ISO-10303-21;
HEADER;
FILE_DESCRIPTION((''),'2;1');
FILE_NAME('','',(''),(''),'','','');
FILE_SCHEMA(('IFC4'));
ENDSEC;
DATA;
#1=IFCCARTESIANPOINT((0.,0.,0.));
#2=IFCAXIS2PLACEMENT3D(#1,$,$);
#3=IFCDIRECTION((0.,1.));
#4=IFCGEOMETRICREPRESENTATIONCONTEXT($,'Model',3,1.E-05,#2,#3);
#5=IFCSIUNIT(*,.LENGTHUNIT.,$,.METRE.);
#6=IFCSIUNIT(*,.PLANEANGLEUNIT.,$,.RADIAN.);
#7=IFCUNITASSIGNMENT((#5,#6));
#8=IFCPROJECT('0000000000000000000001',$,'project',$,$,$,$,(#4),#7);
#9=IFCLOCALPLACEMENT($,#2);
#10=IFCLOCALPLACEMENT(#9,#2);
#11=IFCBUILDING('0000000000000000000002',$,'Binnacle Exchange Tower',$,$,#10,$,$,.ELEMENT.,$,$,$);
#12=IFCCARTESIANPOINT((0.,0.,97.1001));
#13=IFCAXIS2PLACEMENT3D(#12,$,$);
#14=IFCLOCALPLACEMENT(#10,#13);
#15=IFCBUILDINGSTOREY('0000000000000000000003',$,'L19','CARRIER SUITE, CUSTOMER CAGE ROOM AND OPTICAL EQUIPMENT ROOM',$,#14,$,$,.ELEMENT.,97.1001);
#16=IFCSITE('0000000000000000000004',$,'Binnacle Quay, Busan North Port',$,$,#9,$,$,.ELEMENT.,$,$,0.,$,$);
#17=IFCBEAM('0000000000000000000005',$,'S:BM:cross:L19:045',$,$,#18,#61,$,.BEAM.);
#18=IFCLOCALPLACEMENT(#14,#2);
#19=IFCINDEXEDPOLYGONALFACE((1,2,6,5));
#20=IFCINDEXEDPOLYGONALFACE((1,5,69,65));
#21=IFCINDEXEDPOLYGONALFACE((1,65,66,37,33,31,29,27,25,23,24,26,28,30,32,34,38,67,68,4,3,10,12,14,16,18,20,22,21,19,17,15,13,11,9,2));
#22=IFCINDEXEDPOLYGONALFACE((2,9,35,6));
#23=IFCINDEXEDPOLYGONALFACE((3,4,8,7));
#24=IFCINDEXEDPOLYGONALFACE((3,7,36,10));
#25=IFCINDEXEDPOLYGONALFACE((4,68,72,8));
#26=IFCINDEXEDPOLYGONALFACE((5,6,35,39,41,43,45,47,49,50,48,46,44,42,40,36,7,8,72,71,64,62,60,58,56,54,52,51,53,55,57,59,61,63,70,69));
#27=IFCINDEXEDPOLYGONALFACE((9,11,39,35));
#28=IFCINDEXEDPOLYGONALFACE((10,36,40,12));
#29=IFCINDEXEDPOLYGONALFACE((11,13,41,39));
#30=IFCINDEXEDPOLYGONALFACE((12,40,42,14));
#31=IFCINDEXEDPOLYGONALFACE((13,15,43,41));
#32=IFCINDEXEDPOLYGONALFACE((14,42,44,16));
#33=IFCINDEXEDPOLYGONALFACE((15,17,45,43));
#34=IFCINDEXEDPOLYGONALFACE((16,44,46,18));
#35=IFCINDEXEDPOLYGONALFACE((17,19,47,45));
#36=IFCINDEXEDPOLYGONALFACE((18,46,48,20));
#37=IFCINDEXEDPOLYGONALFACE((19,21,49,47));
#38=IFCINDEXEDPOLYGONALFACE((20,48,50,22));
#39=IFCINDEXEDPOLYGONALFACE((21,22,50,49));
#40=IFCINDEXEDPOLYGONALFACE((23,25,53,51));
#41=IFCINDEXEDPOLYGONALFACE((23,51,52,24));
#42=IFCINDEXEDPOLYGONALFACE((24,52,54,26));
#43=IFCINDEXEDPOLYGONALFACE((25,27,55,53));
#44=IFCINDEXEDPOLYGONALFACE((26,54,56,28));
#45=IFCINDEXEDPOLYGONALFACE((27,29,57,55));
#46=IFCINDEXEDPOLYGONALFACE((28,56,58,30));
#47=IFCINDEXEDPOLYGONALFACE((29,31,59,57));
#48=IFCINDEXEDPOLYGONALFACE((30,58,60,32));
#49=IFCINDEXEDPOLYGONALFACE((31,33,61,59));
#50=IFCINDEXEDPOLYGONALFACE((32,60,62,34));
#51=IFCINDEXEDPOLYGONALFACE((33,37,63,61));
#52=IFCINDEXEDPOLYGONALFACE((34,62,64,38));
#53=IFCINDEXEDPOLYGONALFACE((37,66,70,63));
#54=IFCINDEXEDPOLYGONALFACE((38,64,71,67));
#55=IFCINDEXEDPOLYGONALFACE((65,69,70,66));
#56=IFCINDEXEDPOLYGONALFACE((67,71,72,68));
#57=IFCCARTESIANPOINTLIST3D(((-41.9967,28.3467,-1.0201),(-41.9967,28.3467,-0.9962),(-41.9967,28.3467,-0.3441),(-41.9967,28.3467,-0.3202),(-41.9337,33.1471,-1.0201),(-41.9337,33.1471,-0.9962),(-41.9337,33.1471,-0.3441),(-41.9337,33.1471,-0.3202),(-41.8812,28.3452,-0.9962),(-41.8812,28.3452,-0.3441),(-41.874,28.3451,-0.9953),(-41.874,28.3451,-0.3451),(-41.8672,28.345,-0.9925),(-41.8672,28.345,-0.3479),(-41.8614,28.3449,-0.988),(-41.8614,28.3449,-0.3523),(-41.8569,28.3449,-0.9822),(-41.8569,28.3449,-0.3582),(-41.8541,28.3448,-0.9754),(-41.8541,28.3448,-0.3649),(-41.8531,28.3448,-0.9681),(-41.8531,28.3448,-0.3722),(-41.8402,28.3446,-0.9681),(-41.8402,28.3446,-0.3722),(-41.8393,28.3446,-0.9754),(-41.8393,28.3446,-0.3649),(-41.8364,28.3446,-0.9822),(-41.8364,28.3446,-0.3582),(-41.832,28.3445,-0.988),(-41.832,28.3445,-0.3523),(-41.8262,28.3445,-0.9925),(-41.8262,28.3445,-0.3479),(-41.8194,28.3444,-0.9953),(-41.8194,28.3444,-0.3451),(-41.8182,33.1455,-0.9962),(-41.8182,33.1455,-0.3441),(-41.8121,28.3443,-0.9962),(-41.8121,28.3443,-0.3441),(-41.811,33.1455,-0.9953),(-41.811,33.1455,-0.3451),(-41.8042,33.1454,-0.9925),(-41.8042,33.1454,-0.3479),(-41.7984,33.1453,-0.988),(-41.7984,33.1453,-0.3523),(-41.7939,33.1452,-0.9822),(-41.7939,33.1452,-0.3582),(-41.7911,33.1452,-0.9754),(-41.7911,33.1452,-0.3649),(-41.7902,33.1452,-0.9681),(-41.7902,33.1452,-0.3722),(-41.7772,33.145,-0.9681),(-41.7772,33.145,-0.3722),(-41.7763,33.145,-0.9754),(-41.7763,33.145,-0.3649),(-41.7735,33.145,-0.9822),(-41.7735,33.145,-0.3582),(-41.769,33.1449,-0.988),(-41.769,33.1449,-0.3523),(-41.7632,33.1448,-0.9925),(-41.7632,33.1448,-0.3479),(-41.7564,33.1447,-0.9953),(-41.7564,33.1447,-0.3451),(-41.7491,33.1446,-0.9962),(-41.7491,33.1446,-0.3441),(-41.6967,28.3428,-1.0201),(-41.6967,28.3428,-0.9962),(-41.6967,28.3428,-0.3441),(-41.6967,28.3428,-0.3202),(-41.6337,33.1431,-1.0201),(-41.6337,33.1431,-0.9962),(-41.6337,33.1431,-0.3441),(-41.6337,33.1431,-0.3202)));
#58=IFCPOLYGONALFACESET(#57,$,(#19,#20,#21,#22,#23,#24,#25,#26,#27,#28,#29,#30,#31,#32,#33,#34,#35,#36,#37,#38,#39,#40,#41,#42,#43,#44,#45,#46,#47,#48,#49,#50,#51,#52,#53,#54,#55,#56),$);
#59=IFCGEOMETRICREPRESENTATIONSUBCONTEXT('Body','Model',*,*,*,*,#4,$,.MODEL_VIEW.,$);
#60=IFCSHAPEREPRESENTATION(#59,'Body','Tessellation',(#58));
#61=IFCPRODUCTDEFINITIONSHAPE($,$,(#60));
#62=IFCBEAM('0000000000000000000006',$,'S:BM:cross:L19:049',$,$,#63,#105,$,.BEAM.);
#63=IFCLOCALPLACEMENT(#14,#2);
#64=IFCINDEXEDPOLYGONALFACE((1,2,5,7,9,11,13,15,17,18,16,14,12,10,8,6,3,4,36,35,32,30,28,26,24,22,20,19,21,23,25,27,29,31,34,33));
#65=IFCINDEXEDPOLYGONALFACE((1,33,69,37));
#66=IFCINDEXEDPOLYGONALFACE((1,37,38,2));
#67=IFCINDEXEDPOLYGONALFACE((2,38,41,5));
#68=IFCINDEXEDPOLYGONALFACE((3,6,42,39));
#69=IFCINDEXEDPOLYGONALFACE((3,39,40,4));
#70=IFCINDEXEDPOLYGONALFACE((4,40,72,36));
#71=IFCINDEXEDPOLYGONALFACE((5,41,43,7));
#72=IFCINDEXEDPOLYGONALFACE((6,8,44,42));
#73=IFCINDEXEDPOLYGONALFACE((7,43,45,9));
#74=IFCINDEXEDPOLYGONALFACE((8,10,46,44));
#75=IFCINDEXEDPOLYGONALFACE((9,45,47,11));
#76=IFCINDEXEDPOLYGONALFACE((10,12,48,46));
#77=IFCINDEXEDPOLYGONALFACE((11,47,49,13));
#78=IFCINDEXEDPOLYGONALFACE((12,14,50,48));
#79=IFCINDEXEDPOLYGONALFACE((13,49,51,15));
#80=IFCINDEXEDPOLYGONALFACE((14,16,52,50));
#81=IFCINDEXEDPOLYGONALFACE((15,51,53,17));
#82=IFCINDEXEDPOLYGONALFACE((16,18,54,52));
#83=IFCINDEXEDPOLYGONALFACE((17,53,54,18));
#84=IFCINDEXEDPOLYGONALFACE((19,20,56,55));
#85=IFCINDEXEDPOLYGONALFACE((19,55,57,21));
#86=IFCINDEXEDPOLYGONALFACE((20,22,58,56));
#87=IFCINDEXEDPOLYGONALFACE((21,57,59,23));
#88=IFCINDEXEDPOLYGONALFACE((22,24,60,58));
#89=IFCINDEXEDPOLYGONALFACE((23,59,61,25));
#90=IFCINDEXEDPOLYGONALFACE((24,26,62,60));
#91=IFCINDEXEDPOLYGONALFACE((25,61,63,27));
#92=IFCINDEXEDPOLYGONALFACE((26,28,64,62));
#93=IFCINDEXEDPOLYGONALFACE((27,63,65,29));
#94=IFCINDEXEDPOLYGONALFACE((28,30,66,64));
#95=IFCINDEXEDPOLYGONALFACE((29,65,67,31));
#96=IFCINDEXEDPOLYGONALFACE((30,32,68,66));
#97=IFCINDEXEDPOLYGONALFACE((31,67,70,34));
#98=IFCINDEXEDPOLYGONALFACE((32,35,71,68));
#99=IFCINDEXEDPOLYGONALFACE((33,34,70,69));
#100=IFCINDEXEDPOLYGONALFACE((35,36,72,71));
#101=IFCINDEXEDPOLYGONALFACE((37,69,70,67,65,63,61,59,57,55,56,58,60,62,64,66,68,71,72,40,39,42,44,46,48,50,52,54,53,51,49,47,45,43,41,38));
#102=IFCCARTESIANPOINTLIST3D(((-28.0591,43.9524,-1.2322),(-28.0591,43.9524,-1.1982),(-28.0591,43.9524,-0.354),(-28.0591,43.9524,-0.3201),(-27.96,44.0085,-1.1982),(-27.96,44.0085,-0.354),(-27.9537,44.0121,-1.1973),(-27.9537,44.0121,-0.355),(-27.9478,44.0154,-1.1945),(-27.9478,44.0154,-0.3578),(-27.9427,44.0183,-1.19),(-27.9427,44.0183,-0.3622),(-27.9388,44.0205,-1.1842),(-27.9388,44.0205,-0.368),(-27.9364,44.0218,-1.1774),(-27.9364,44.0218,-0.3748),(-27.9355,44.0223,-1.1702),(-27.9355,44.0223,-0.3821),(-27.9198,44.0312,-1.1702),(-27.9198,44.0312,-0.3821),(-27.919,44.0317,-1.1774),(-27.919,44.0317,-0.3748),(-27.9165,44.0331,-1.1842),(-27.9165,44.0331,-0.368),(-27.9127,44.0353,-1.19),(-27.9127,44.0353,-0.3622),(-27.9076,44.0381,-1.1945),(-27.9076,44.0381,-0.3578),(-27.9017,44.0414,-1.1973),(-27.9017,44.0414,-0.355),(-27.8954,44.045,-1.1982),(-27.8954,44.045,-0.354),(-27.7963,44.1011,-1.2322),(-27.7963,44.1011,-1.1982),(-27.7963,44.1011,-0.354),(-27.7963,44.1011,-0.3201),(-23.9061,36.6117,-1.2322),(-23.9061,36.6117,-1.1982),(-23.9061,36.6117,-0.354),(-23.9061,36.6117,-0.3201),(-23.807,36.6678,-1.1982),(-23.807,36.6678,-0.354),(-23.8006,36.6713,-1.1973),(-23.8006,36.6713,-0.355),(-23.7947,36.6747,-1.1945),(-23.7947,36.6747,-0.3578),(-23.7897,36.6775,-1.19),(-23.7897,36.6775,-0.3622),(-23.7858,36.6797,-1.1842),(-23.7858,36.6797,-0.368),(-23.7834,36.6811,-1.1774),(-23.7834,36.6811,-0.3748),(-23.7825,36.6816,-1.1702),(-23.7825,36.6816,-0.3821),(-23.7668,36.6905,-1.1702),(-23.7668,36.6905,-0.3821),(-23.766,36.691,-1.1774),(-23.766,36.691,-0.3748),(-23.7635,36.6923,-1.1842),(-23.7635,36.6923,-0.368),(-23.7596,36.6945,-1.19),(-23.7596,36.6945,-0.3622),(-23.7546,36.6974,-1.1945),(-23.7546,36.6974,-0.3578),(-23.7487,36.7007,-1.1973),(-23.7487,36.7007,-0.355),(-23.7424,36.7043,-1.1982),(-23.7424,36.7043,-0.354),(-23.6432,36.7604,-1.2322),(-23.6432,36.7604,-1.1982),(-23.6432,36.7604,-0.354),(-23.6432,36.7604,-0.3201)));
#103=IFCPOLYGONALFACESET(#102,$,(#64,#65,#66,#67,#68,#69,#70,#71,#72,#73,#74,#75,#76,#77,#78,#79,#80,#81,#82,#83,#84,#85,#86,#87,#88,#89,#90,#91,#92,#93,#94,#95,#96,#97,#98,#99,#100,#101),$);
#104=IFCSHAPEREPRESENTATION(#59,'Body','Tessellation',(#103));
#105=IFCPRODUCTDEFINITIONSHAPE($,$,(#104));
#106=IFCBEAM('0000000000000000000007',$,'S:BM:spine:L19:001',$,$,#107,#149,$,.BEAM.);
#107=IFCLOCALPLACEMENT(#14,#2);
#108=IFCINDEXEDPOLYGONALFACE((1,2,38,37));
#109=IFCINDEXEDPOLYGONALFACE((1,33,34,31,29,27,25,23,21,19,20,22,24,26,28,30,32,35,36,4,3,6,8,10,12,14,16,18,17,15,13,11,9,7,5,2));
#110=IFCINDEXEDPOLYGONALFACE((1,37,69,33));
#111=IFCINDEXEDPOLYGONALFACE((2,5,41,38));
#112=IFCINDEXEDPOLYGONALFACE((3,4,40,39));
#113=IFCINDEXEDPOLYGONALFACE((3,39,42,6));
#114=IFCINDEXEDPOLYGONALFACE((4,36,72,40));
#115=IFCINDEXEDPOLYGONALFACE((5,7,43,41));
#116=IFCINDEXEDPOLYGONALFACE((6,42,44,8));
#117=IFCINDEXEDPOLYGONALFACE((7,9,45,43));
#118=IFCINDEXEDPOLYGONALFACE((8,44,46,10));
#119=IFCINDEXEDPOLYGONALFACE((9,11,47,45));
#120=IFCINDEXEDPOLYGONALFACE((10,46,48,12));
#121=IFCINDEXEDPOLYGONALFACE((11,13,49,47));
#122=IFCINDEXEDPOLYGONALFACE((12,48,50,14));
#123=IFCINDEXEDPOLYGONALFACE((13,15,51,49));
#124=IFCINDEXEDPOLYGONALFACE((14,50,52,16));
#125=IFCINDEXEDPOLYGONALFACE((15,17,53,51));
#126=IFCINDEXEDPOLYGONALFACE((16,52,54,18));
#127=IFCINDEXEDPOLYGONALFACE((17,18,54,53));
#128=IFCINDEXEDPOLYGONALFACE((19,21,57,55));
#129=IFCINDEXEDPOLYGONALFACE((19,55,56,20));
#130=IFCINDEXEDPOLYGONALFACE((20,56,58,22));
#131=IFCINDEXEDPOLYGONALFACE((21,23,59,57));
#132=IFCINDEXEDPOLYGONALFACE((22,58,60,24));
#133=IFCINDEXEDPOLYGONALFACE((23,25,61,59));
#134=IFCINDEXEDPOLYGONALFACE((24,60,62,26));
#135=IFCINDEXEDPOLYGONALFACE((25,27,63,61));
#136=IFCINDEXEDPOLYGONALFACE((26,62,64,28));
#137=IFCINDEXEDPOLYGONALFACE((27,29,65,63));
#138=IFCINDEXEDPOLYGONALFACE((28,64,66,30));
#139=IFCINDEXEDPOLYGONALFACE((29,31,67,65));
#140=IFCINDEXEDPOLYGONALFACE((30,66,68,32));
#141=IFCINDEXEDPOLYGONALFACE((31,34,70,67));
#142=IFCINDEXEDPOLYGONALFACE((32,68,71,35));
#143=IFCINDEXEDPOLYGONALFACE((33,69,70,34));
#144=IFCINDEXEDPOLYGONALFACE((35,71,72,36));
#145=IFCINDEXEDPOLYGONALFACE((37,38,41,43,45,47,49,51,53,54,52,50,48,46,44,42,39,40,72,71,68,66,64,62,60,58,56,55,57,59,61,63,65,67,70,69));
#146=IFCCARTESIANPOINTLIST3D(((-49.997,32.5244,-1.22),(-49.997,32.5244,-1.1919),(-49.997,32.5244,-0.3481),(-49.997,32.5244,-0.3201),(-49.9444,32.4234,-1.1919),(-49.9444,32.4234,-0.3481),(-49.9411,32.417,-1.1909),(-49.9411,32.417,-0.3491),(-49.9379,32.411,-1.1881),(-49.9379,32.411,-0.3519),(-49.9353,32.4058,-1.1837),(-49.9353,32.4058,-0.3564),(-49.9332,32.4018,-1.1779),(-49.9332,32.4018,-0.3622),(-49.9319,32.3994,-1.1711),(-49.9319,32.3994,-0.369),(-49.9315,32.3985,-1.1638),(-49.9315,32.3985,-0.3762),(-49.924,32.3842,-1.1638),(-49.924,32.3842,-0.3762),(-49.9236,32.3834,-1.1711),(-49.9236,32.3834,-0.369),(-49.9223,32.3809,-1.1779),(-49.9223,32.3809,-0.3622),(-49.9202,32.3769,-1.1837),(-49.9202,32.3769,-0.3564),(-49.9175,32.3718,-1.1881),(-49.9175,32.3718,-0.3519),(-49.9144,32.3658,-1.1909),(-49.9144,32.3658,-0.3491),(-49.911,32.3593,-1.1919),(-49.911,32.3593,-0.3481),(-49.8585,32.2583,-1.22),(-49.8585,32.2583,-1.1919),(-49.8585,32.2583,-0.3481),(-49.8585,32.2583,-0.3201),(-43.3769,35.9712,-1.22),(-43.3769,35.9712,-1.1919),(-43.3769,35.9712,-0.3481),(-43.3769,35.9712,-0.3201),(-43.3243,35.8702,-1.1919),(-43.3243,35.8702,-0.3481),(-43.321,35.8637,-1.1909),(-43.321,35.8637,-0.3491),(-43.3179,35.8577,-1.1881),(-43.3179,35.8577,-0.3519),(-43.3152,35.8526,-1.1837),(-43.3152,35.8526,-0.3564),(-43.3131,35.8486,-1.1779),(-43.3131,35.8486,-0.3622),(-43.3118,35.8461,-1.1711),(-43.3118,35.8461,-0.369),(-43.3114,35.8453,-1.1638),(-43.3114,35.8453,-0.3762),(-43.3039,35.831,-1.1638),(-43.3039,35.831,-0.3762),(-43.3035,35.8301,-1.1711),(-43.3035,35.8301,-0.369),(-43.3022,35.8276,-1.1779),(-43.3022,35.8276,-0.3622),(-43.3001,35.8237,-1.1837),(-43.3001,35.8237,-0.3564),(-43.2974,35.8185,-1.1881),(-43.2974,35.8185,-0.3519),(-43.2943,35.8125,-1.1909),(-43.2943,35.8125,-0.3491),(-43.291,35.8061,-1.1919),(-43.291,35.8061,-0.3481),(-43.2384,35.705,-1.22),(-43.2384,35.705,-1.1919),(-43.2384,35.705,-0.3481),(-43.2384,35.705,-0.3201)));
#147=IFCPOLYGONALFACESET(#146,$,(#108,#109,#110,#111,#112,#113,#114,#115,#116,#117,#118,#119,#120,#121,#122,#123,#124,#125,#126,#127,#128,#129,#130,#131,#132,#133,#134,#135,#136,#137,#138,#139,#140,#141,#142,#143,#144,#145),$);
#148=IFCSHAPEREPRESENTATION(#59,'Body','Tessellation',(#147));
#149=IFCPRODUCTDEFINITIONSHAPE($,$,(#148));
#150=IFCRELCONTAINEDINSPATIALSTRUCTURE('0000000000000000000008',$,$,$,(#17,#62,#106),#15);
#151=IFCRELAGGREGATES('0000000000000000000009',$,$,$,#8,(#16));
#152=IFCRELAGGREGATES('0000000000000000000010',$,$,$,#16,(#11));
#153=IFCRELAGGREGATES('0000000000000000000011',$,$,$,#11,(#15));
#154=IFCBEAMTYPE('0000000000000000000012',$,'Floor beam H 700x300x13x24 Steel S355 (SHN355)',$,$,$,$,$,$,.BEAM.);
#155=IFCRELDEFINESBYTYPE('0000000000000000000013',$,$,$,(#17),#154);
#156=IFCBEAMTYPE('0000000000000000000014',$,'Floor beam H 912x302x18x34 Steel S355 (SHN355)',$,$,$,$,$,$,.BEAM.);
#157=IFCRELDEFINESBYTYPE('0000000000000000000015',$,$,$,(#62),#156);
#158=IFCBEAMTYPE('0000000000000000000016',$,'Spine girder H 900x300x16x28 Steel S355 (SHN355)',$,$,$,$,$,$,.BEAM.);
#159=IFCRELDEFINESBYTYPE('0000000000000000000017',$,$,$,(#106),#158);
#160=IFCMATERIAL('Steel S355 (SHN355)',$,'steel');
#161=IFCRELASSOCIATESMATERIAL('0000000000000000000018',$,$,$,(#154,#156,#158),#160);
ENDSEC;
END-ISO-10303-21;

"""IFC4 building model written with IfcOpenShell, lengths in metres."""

from ifc_helpers import new_model, si_unit, direction, frame, origin, origin_2d, place, context, subcontext, project, spatial, i_section, extrude, material, material_profile, profile_set, type_object, element, save


model = new_model("IFC4")

# Units and contexts
model_context = context("Model", 3, precision=1e-05, world=origin(), true_north=direction((0.0, 1.0)))
body_context = subcontext(model_context, "Body", "Model", "MODEL_VIEW")
ifc_project = project(units=[si_unit("LENGTHUNIT", "METRE"), si_unit("PLANEANGLEUNIT", "RADIAN")], contexts=[model_context])

# Site, building, storey
site_placement = place(None, origin())
site = spatial("IfcSite", under=ifc_project, at=site_placement, Name="Binnacle Quay, Busan North Port", CompositionType="ELEMENT", RefElevation=0.0)
building_placement = place(site_placement, origin())
building = spatial("IfcBuilding", under=site, at=building_placement, Name="Binnacle Exchange Tower", CompositionType="ELEMENT")
storey_placement = place(building_placement, frame((0.0, 0.0, 97.1001)))
storey = spatial("IfcBuildingStorey", under=building, at=storey_placement, Name="L19", Description="CARRIER SUITE, CUSTOMER CAGE ROOM AND OPTICAL EQUIPMENT ROOM", CompositionType="ELEMENT", Elevation=97.1001)

# Beams
ifc_material_1 = material(Name="Steel S355 (SHN355)", Category="steel")
ifc_material_profile_1 = material_profile(ifc_material_1, i_section(OverallWidth=0.3, OverallDepth=0.7, WebThickness=0.0129, FlangeThickness=0.0239, FilletRadius=0.0281, at=origin_2d()), Name="H 700x300x13x24")
ifc_profile_set_1 = profile_set([ifc_material_profile_1], Name="Steel S355 (SHN355)")
beam_type_1 = type_object("IfcBeamType", Name="Floor beam H 700x300x13x24 Steel S355 (SHN355)", PredefinedType="BEAM", material=ifc_profile_set_1)
beam_1_placement = place(storey_placement, frame((-41.8467, 28.3447, -0.6702), z_axis=(0.013121, 0.999914, 0.0), x_axis=(-0.999914, 0.013121, 0.0)))
element("IfcBeam", 1, at=beam_1_placement, inside=storey, type_object=beam_type_1, Name="S:BM:cross:L19:045", PredefinedType="BEAM", context=body_context, shape_type="SweptSolid", body=[
    extrude(i_section(OverallWidth=0.3, OverallDepth=0.7, WebThickness=0.0129, FlangeThickness=0.0239, FilletRadius=0.0281, at=origin_2d()), origin(), (0.0, 0.0, 1.0), 4.8008),
])
ifc_material_profile_2 = material_profile(ifc_material_1, i_section(OverallWidth=0.302, OverallDepth=0.9121, WebThickness=0.0181, FlangeThickness=0.0339, FilletRadius=0.0281, at=origin_2d()), Name="H 912x302x18x34")
ifc_profile_set_2 = profile_set([ifc_material_profile_2], Name="Steel S355 (SHN355)")
beam_type_2 = type_object("IfcBeamType", Name="Floor beam H 912x302x18x34 Steel S355 (SHN355)", PredefinedType="BEAM", material=ifc_profile_set_2)
beam_2_placement = place(storey_placement, frame((-23.7747, 36.686, -0.7761), z_axis=(-0.492409, 0.870364, 0.0), x_axis=(-0.870364, -0.492409, 0.0)))
element("IfcBeam", 2, at=beam_2_placement, inside=storey, type_object=beam_type_2, Name="S:BM:cross:L19:049", PredefinedType="BEAM", context=body_context, shape_type="SweptSolid", body=[
    extrude(i_section(OverallWidth=0.302, OverallDepth=0.9121, WebThickness=0.0181, FlangeThickness=0.0339, FilletRadius=0.0281, at=origin_2d()), origin(), (0.0, 0.0, 1.0), 8.4341),
])
ifc_material_profile_3 = material_profile(ifc_material_1, i_section(OverallWidth=0.3, OverallDepth=0.8999, WebThickness=0.0161, FlangeThickness=0.0281, FilletRadius=0.0281, at=origin_2d()), Name="H 900x300x16x28")
ifc_profile_set_3 = profile_set([ifc_material_profile_3], Name="Steel S355 (SHN355)")
beam_type_3 = type_object("IfcBeamType", Name="Spine girder H 900x300x16x28 Steel S355 (SHN355)", PredefinedType="BEAM", material=ifc_profile_set_3)
beam_3_placement = place(storey_placement, frame((-49.9277, 32.3914, -0.77), z_axis=(0.88698, 0.461808, 0.0), x_axis=(-0.461808, 0.88698, 0.0)))
element("IfcBeam", 3, at=beam_3_placement, inside=storey, type_object=beam_type_3, Name="S:BM:spine:L19:001", PredefinedType="BEAM", context=body_context, shape_type="SweptSolid", body=[
    extrude(i_section(OverallWidth=0.3, OverallDepth=0.8999, WebThickness=0.0161, FlangeThickness=0.0281, FilletRadius=0.0281, at=origin_2d()), origin(), (0.0, 0.0, 1.0), 7.4636),
])

save(model, "model.ifc")
